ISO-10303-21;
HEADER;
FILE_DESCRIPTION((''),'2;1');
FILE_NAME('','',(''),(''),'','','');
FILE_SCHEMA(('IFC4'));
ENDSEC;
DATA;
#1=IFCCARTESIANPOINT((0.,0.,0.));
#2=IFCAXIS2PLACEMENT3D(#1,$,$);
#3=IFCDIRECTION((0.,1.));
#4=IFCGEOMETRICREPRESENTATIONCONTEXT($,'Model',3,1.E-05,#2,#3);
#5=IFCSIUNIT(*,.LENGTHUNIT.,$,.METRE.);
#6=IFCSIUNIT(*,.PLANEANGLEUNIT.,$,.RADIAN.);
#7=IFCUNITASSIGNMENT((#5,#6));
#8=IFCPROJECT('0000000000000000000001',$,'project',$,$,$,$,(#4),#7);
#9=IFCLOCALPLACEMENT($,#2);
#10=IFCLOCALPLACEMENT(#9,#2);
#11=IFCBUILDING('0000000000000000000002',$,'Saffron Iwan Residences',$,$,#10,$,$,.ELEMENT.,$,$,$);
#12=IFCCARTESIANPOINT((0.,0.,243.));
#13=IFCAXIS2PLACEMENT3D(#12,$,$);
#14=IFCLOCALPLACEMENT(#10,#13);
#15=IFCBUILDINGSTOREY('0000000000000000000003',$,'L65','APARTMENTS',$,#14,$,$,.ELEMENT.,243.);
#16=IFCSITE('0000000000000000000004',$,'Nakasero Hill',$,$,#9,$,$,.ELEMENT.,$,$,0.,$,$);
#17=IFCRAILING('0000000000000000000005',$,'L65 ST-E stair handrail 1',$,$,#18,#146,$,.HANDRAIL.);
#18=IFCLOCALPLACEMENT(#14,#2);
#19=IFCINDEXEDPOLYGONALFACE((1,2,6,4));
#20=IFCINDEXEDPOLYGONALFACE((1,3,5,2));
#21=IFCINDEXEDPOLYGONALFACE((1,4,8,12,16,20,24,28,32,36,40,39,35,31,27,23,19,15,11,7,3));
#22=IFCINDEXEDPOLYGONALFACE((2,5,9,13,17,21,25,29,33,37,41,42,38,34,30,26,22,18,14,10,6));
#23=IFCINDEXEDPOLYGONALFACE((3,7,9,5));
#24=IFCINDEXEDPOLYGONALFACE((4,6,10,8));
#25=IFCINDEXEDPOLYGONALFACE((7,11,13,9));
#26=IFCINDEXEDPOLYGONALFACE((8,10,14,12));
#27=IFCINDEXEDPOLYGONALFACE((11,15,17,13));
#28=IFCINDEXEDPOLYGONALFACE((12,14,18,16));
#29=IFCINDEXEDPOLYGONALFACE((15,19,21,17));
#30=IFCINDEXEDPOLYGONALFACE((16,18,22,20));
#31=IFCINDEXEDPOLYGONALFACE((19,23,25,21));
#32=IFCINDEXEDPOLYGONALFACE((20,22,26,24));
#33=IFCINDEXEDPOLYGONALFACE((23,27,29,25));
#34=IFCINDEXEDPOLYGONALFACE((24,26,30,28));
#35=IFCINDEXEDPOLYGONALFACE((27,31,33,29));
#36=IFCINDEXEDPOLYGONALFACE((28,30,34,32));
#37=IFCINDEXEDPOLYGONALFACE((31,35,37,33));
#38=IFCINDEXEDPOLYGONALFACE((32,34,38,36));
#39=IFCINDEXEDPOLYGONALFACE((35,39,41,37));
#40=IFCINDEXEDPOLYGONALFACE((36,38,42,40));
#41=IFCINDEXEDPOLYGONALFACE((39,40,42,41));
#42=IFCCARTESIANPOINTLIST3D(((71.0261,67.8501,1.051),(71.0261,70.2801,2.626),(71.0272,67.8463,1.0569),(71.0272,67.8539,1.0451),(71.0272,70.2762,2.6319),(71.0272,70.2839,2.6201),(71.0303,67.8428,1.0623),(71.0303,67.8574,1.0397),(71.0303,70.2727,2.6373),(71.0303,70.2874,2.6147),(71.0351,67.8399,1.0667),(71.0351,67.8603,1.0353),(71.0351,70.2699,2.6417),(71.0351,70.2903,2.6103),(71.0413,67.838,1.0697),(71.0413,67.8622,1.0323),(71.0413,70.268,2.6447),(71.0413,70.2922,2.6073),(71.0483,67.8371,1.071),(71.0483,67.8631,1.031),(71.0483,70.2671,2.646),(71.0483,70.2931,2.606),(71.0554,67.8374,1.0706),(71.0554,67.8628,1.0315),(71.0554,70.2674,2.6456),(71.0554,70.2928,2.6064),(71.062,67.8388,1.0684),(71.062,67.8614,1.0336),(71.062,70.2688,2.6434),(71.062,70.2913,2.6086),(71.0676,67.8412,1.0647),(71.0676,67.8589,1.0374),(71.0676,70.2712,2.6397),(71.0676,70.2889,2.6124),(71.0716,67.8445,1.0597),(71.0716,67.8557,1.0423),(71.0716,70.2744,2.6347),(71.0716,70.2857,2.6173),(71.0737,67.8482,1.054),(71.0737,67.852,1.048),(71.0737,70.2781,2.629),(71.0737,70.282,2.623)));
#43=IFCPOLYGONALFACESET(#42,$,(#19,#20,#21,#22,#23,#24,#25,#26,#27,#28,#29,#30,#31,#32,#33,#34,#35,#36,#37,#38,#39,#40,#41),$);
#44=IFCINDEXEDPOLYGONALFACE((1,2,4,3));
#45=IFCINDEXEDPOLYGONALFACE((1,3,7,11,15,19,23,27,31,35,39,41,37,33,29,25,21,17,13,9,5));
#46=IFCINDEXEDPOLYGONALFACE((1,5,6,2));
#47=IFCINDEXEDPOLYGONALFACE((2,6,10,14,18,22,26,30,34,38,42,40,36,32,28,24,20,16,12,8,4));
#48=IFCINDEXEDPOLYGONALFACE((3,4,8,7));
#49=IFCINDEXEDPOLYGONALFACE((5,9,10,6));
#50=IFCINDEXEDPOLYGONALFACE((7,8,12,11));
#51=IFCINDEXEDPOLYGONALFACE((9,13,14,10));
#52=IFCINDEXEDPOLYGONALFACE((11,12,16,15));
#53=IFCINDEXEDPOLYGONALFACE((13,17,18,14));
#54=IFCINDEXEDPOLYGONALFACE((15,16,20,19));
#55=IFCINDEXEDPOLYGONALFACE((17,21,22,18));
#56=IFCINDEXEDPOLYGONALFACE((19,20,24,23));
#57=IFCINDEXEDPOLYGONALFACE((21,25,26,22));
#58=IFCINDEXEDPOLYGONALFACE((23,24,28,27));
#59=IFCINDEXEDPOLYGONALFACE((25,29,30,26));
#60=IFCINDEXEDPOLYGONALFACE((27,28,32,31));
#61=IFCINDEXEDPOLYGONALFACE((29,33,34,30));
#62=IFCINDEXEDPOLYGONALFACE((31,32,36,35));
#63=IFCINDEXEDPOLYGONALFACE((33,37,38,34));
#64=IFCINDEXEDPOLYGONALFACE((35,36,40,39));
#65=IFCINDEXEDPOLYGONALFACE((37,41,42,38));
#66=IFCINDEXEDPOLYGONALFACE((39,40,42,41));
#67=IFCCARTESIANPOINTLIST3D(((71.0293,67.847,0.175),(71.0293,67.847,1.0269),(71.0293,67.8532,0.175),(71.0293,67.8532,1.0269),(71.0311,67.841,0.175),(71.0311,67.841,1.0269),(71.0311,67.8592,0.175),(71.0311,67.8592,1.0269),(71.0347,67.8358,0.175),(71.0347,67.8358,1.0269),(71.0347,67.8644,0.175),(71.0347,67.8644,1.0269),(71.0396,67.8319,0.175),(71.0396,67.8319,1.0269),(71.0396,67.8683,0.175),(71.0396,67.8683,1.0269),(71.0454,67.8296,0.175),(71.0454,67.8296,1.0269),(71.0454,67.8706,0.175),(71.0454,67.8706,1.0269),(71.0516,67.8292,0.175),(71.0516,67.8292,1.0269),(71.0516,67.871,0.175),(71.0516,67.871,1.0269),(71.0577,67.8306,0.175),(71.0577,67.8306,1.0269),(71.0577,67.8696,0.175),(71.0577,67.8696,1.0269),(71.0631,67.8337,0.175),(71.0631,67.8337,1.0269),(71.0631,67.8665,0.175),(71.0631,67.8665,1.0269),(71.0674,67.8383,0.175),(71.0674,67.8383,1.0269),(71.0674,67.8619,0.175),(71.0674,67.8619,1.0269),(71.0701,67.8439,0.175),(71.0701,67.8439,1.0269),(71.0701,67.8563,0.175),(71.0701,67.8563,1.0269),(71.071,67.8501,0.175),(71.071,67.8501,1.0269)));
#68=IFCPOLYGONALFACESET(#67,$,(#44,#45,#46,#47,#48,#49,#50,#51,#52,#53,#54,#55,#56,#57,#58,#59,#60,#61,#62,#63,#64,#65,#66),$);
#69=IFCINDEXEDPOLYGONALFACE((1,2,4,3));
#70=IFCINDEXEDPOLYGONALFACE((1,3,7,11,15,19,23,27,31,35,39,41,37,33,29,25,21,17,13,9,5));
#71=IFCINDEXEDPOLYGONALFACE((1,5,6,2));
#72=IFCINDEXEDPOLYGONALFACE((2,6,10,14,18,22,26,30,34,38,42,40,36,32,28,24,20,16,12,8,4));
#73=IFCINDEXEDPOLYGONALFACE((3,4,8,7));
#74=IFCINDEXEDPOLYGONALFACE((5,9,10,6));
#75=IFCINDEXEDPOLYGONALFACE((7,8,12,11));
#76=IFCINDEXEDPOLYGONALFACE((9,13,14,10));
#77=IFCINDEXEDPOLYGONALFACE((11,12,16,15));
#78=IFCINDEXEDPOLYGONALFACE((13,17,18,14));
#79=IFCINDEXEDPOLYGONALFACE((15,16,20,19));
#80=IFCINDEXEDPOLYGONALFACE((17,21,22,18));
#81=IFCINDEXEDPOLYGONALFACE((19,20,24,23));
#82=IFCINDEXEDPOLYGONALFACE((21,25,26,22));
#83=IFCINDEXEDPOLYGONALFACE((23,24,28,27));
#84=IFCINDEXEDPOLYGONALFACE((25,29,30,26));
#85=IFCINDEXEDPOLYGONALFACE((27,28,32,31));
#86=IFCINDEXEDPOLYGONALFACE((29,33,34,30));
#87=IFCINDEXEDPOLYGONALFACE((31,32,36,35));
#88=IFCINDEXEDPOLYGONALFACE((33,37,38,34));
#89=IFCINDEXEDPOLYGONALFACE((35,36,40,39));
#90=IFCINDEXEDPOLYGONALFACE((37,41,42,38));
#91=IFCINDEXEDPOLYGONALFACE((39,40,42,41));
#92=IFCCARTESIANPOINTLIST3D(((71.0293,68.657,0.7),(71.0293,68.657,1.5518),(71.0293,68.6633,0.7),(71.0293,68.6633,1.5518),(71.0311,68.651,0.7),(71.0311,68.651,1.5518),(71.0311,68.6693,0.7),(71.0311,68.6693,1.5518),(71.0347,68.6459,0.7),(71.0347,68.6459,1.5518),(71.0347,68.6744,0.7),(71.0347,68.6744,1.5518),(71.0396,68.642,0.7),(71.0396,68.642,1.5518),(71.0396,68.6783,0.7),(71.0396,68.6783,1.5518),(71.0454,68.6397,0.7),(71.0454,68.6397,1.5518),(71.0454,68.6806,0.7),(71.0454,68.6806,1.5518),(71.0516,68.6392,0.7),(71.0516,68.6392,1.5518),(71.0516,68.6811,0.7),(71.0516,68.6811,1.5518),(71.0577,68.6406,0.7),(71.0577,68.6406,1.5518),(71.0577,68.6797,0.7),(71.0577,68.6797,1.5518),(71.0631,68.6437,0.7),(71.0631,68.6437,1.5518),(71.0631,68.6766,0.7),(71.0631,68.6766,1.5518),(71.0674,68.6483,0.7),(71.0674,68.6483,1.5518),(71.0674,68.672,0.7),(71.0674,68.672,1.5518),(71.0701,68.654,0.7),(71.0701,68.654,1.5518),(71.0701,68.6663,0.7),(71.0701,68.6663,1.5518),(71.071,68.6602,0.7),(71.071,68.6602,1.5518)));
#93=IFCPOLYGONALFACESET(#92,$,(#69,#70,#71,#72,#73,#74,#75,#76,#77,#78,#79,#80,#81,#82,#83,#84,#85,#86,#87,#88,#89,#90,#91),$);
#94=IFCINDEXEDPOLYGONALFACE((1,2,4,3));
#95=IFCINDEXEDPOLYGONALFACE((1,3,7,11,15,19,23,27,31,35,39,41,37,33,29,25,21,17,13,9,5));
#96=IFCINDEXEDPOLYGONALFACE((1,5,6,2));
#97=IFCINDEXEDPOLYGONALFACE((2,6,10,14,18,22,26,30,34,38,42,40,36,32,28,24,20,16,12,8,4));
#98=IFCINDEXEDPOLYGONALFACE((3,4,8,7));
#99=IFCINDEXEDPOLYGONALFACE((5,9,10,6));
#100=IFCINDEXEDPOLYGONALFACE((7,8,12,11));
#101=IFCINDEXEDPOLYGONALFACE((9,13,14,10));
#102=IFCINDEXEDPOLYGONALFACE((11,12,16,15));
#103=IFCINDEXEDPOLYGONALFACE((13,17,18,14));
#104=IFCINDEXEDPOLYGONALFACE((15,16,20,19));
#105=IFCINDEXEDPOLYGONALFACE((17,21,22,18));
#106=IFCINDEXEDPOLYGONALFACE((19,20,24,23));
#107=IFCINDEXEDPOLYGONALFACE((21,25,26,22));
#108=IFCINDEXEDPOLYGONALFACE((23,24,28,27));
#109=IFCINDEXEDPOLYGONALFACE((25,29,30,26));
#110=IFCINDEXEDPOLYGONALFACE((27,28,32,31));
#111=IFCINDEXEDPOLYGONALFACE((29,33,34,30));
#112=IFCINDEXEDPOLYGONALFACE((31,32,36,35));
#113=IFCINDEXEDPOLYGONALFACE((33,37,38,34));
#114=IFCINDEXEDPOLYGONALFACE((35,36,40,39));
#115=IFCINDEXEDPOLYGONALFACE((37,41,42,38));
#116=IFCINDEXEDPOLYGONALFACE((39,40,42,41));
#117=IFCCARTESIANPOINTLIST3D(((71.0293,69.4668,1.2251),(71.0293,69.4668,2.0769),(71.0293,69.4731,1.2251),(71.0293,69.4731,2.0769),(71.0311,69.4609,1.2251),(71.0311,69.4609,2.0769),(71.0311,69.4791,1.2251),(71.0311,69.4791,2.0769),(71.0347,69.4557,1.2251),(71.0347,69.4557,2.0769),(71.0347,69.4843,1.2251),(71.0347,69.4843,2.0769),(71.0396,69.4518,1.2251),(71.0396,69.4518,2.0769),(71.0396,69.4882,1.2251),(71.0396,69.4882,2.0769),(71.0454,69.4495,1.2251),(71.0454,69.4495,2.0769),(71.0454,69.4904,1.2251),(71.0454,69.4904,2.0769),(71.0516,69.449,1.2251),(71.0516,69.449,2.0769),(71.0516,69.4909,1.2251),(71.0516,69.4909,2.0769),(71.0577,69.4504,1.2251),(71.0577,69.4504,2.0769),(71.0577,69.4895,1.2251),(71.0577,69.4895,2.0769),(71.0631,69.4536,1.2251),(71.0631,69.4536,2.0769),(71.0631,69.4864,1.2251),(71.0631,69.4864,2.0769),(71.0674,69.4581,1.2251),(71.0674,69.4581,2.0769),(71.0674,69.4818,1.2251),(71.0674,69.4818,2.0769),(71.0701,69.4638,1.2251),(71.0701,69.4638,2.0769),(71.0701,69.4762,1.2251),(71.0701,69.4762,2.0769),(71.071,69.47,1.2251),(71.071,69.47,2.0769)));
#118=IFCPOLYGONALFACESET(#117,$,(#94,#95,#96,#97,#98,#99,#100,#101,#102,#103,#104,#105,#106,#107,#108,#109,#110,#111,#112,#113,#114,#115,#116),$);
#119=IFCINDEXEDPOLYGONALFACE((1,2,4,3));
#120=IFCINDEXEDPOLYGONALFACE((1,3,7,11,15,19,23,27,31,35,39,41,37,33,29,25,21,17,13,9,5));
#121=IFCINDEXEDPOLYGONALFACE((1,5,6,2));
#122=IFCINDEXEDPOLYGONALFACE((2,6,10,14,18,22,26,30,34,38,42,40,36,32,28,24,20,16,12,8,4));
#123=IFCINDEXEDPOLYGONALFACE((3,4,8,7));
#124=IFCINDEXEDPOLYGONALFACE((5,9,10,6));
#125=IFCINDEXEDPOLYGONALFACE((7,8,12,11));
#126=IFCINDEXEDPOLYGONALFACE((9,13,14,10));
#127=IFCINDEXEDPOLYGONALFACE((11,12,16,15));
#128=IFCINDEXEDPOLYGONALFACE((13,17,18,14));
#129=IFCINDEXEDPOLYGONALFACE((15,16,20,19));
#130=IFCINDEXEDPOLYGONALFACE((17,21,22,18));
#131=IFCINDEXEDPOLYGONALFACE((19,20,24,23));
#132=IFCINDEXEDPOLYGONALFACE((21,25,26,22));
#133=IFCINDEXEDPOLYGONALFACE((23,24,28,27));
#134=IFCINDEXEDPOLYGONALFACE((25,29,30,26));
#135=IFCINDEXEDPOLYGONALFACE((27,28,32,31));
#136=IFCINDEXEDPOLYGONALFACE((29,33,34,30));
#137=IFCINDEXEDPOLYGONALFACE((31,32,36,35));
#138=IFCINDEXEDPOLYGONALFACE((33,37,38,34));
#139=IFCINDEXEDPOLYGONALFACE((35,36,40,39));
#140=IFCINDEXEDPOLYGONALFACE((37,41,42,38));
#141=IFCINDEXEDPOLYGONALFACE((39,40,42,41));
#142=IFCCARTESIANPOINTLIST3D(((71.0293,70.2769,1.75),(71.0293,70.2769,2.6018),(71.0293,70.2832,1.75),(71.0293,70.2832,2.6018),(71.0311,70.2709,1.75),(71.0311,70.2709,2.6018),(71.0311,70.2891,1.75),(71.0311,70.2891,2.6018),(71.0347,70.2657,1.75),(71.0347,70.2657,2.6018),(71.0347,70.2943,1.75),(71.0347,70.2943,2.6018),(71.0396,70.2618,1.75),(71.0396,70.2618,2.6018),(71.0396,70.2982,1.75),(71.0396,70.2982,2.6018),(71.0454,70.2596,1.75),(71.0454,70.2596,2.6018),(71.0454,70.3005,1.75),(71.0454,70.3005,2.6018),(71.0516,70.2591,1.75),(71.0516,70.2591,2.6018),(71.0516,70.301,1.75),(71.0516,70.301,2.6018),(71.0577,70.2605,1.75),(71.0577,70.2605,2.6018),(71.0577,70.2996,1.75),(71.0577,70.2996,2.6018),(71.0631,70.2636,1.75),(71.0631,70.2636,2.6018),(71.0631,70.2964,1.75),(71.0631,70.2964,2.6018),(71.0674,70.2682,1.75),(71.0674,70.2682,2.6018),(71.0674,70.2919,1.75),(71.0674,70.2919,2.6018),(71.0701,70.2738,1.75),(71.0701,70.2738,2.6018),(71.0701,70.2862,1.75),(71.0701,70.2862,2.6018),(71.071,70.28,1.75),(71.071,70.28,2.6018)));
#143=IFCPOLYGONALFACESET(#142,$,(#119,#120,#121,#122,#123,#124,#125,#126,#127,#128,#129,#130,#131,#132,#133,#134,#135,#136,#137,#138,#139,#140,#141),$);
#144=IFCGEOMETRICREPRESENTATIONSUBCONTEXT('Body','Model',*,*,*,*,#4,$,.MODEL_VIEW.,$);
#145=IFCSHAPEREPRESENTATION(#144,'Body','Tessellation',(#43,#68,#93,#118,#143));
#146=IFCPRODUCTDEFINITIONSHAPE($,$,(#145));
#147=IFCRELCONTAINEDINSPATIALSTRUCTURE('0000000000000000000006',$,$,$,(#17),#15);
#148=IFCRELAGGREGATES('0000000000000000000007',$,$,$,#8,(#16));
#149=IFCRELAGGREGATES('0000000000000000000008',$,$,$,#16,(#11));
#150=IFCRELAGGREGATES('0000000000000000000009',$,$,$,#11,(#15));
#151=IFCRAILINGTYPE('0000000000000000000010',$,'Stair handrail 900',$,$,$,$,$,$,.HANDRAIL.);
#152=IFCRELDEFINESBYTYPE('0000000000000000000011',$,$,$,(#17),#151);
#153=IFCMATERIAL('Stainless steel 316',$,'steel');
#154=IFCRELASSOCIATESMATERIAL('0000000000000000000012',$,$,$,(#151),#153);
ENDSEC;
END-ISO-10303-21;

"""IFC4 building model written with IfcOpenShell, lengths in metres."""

from ifc_helpers import new_model, si_unit, direction, frame, origin, origin_2d, place, context, subcontext, project, spatial, circle, extrude, material, type_object, element, save


model = new_model("IFC4")

# Units and contexts
model_context = context("Model", 3, precision=1e-05, world=origin(), true_north=direction((0.0, 1.0)))
body_context = subcontext(model_context, "Body", "Model", "MODEL_VIEW")
ifc_project = project(units=[si_unit("LENGTHUNIT", "METRE"), si_unit("PLANEANGLEUNIT", "RADIAN")], contexts=[model_context])

# Site, building, storey
site_placement = place(None, origin())
site = spatial("IfcSite", under=ifc_project, at=site_placement, Name="Nakasero Hill", CompositionType="ELEMENT", RefElevation=0.0)
building_placement = place(site_placement, origin())
building = spatial("IfcBuilding", under=site, at=building_placement, Name="Saffron Iwan Residences", CompositionType="ELEMENT")
storey_placement = place(building_placement, frame((0.0, 0.0, 243.0)))
storey = spatial("IfcBuildingStorey", under=building, at=storey_placement, Name="L65", Description="APARTMENTS", CompositionType="ELEMENT", Elevation=243.0)

# Railing
ifc_material_1 = material(Name="Stainless steel 316", Category="steel")
railing_type_1 = type_object("IfcRailingType", Name="Stair handrail 900", PredefinedType="HANDRAIL", material=ifc_material_1)
railing_1_placement = place(storey_placement, frame((71.05, 67.8501, 0.175)))
element("IfcRailing", 1, at=railing_1_placement, inside=storey, type_object=railing_type_1, Name="L65 ST-E stair handrail 1", PredefinedType="HANDRAIL", context=body_context, shape_type="SweptSolid", body=[
    extrude(circle(Radius=0.0239, at=origin_2d()), frame((0.0, 0.0, 0.876), z_axis=(0.0, 0.839154, 0.543894), x_axis=(-1.0, 0.0, 0.0)), (0.0, 0.0, 1.0), 2.8958),
    extrude(circle(Radius=0.021, at=origin_2d()), origin(), (0.0, 0.0, 1.0), 0.8518),
    extrude(circle(Radius=0.021, at=origin_2d()), frame((0.0, 0.8101, 0.5249)), (0.0, 0.0, 1.0), 0.8518),
    extrude(circle(Radius=0.021, at=origin_2d()), frame((0.0, 1.6199, 1.05)), (0.0, 0.0, 1.0), 0.8518),
    extrude(circle(Radius=0.021, at=origin_2d()), frame((0.0, 2.4299, 1.575)), (0.0, 0.0, 1.0), 0.8518),
])

save(model, "model.ifc")
